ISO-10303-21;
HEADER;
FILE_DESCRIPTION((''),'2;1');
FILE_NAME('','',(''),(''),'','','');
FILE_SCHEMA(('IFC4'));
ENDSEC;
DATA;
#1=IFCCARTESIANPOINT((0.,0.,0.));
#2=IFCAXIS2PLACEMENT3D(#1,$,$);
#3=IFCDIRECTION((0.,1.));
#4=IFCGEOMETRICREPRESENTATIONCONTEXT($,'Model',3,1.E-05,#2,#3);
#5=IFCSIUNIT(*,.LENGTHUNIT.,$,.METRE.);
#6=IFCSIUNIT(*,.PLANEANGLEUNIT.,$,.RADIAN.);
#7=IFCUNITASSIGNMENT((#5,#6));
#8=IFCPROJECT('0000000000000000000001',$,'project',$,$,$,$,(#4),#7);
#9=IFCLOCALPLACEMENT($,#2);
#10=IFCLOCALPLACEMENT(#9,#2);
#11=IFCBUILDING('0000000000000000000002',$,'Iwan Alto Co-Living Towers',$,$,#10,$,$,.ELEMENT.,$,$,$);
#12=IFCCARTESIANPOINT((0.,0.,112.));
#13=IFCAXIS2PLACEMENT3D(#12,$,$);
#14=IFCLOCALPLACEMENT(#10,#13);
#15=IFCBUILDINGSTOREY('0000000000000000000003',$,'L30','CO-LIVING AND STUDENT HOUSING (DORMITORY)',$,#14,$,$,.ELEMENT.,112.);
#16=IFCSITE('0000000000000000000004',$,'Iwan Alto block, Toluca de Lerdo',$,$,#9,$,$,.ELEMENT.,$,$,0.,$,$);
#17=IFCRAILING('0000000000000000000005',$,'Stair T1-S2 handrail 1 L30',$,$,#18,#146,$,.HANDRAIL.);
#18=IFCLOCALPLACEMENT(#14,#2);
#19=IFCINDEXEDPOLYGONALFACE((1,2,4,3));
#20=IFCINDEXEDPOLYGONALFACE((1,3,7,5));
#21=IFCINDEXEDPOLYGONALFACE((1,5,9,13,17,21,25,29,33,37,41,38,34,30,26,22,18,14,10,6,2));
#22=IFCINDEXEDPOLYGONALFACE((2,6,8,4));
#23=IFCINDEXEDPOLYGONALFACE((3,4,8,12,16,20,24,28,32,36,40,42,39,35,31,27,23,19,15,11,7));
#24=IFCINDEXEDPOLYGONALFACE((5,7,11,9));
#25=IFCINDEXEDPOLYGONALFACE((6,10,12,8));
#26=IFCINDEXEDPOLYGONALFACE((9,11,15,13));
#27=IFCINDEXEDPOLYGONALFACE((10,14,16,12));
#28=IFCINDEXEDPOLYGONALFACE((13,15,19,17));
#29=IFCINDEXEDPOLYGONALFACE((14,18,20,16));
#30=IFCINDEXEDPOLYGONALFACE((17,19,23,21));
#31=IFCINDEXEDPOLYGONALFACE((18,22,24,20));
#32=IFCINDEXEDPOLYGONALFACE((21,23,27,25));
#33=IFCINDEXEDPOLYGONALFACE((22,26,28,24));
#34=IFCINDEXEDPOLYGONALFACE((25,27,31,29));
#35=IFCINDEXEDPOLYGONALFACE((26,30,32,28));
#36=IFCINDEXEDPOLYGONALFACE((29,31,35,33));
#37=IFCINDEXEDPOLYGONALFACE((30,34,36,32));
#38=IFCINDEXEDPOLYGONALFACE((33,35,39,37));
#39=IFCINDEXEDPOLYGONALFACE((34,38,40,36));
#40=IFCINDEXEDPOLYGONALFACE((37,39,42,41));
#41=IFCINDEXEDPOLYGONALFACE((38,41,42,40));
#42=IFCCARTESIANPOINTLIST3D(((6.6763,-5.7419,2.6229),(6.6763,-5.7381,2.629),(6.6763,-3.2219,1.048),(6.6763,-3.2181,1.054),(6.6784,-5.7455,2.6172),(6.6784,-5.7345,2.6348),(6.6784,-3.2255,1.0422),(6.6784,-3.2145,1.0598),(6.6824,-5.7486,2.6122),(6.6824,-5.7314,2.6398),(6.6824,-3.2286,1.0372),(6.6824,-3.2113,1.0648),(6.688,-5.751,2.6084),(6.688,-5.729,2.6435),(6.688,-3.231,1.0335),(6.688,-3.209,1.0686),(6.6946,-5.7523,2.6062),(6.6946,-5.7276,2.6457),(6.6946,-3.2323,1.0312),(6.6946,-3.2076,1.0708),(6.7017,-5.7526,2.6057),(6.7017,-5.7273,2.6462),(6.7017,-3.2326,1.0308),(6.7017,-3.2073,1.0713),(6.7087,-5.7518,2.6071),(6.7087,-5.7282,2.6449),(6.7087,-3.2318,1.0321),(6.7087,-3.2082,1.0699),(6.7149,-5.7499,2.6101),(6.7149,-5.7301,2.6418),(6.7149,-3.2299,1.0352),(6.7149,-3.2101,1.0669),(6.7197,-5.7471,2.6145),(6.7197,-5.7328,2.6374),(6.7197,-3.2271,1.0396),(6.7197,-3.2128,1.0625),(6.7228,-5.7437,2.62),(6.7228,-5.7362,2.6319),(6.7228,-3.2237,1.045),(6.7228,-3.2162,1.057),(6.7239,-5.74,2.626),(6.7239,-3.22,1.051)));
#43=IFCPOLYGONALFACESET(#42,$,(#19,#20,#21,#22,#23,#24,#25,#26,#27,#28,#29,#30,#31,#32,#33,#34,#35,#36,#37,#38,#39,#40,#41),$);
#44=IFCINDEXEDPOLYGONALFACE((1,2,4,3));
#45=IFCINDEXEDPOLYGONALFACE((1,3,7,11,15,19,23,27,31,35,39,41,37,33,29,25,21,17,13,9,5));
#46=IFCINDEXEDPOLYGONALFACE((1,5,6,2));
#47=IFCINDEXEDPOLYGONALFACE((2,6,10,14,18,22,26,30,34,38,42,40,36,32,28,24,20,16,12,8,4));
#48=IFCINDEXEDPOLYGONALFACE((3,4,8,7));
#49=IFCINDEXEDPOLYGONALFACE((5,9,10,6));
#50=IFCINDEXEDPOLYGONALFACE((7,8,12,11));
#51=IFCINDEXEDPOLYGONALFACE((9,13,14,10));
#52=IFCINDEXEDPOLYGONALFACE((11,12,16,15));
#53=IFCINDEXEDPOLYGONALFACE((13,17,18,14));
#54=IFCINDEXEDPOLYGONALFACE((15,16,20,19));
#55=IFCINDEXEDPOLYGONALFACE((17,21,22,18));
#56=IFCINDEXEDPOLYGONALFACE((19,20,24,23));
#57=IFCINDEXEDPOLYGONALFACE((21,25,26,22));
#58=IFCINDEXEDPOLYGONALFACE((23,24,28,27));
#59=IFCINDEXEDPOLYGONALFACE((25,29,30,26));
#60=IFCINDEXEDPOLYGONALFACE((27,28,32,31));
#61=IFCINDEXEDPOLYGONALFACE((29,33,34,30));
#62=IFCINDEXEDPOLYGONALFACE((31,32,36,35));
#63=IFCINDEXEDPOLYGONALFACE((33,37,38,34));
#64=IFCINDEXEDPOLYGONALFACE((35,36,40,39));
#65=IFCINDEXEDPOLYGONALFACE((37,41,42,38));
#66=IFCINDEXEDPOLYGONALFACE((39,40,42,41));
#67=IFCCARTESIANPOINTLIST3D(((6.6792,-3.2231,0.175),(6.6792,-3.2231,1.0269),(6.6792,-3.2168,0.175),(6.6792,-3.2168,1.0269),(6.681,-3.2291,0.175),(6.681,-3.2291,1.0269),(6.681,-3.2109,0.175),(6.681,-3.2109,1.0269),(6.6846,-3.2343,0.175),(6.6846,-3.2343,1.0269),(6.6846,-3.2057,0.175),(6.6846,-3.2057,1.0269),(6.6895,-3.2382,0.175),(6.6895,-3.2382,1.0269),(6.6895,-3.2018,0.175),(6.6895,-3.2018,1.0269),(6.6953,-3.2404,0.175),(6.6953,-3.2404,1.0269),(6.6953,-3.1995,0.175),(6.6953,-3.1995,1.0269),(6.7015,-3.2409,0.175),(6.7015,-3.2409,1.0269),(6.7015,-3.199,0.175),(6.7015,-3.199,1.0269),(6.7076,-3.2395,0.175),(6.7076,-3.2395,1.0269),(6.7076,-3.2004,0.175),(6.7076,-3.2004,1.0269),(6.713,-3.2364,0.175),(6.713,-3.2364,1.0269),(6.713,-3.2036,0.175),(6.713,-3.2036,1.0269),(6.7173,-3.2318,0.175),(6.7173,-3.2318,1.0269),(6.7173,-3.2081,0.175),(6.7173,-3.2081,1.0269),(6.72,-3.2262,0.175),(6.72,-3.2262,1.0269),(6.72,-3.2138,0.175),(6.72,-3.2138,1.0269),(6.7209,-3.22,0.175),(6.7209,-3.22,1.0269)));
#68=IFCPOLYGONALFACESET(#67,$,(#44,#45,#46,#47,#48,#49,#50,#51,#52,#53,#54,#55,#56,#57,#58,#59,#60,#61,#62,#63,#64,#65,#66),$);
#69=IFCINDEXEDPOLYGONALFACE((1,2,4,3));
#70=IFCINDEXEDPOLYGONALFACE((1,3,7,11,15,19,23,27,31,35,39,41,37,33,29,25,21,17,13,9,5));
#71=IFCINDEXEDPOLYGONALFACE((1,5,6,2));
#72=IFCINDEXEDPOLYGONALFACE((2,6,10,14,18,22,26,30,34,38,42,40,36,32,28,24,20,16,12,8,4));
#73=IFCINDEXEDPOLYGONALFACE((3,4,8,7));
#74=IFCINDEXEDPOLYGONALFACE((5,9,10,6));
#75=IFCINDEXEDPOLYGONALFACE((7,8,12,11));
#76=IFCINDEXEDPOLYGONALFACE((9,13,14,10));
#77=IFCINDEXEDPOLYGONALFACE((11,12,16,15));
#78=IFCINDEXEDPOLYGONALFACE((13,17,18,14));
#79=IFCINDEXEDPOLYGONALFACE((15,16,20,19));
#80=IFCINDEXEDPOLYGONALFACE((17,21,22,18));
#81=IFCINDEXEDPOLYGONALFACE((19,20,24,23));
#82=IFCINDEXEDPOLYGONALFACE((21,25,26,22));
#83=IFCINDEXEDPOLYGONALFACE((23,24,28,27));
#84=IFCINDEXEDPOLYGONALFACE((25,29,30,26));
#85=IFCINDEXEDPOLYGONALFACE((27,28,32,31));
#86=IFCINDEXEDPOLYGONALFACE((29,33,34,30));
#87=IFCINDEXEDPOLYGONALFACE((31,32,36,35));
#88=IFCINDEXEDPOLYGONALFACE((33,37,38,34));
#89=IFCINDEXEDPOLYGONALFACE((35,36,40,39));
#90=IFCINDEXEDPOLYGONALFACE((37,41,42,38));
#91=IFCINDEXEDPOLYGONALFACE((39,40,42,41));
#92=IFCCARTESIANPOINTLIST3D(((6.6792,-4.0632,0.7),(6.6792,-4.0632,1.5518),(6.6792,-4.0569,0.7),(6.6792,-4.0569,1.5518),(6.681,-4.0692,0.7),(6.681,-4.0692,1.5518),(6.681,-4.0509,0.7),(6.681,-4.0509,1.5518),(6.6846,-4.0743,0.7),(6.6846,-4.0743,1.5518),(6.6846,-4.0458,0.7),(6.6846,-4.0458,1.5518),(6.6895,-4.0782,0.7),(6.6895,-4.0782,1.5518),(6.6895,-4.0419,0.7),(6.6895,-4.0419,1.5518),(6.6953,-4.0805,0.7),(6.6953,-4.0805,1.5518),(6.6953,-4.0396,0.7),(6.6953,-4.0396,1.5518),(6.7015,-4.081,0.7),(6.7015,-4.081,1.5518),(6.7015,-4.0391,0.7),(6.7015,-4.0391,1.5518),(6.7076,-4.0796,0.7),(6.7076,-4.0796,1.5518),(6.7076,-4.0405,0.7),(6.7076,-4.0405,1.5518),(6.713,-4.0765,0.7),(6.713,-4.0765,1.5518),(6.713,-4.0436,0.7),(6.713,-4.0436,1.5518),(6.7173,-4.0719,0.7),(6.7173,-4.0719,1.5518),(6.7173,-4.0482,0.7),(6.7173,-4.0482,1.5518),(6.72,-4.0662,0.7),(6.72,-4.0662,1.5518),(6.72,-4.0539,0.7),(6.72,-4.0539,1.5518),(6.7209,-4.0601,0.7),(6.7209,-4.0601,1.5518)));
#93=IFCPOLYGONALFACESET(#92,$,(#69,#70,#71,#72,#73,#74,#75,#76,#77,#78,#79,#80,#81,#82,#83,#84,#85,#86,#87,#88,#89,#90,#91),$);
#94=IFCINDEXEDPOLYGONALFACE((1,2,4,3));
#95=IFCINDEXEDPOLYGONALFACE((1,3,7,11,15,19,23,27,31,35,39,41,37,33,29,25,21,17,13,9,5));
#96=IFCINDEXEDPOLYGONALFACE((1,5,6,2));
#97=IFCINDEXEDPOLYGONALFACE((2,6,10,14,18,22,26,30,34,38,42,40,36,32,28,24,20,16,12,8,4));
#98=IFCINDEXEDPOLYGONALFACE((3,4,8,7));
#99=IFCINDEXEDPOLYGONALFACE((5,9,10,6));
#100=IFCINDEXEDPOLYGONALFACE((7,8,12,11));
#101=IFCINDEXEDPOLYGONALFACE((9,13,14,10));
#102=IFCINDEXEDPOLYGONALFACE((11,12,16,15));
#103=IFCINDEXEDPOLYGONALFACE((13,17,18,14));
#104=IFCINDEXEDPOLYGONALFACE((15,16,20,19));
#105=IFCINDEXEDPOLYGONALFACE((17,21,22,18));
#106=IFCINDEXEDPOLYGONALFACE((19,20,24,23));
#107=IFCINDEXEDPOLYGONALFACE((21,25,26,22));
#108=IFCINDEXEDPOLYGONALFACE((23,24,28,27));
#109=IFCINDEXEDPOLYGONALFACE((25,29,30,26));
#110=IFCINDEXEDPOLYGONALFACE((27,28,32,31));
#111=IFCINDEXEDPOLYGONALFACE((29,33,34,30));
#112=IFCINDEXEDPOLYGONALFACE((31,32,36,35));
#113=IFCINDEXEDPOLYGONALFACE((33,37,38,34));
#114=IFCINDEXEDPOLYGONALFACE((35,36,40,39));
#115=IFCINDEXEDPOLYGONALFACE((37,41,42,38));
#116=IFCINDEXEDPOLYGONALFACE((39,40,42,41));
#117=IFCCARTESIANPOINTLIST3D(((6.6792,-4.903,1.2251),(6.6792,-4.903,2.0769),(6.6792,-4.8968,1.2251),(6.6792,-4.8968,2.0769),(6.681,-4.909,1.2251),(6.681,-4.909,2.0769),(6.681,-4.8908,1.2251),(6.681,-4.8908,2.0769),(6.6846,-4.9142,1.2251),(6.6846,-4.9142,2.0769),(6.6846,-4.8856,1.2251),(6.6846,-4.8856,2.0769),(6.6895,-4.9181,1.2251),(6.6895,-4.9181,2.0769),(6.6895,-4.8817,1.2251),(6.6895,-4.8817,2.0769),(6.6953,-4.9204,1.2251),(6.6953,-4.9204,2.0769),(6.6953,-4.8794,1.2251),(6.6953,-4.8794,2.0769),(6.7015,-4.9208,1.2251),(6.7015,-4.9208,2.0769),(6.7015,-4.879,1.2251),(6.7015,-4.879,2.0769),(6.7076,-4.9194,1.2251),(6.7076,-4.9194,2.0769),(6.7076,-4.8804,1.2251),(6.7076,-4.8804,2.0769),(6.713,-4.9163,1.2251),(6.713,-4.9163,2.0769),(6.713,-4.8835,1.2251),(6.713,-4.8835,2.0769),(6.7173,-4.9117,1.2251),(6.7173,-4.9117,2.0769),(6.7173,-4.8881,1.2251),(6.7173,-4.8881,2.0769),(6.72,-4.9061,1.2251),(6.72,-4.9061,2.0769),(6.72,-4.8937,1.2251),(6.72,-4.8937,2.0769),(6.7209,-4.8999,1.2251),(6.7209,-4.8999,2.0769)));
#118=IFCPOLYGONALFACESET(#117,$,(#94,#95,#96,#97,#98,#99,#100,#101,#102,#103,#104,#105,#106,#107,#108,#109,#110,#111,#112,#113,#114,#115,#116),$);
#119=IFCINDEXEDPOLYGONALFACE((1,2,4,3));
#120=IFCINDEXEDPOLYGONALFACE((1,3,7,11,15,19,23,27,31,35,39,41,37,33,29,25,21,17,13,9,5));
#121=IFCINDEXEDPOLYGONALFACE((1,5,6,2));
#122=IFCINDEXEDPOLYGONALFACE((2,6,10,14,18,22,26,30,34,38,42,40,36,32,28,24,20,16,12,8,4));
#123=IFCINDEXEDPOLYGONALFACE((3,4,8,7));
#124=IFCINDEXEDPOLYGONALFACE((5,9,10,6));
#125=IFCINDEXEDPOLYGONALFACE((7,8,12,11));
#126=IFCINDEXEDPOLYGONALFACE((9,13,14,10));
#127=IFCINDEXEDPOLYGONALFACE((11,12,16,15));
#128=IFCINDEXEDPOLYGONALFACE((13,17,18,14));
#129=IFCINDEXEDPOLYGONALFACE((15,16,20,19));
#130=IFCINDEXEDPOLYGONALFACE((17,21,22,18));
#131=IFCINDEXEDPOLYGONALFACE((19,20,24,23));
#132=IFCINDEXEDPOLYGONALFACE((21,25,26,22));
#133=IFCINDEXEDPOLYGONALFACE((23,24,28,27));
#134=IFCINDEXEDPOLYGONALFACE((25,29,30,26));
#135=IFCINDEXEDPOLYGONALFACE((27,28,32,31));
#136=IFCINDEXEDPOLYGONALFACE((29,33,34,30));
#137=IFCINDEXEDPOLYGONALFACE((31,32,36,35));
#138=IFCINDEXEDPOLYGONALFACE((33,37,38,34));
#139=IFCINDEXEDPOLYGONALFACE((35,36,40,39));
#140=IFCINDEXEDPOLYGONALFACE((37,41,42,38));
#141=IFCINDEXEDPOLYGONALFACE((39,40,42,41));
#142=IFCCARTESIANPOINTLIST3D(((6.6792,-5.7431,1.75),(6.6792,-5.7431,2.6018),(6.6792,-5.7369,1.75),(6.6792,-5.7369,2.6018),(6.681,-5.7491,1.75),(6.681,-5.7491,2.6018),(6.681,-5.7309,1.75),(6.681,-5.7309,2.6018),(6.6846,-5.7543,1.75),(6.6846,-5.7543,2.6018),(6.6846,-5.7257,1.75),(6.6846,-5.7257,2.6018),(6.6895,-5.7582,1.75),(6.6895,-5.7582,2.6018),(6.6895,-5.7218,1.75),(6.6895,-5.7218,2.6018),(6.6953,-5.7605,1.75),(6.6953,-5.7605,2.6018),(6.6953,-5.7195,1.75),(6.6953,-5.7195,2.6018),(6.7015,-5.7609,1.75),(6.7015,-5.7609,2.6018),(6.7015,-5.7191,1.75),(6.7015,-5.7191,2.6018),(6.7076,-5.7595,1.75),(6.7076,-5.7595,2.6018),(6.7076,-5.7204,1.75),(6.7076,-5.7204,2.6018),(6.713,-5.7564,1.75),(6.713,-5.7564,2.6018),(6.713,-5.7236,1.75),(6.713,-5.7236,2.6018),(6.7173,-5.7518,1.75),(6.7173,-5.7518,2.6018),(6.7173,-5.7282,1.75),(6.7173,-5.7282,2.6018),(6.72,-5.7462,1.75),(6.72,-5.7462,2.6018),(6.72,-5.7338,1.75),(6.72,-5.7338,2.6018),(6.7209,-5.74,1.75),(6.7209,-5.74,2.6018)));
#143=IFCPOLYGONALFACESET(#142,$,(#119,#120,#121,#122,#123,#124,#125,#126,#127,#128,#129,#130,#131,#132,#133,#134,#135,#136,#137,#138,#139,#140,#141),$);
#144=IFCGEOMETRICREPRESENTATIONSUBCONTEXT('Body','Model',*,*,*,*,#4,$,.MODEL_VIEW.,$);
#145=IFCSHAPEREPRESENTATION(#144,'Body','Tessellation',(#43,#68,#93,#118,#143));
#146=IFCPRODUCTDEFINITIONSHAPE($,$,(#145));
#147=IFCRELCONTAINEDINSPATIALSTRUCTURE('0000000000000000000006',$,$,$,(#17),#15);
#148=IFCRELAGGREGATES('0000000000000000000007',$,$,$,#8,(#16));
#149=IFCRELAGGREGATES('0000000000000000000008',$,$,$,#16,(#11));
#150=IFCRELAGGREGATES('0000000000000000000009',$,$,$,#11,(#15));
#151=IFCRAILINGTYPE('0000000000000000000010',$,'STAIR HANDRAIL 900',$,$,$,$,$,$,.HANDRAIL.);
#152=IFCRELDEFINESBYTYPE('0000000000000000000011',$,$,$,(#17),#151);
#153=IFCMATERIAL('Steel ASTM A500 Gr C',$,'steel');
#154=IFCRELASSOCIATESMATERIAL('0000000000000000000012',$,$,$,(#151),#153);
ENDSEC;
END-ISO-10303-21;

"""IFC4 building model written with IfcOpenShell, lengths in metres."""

from ifc_helpers import new_model, si_unit, direction, frame, origin, origin_2d, place, context, subcontext, project, spatial, circle, extrude, material, type_object, element, save


model = new_model("IFC4")

# Units and contexts
model_context = context("Model", 3, precision=1e-05, world=origin(), true_north=direction((0.0, 1.0)))
body_context = subcontext(model_context, "Body", "Model", "MODEL_VIEW")
ifc_project = project(units=[si_unit("LENGTHUNIT", "METRE"), si_unit("PLANEANGLEUNIT", "RADIAN")], contexts=[model_context])

# Site, building, storey
site_placement = place(None, origin())
site = spatial("IfcSite", under=ifc_project, at=site_placement, Name="Iwan Alto block, Toluca de Lerdo", CompositionType="ELEMENT", RefElevation=0.0)
building_placement = place(site_placement, origin())
building = spatial("IfcBuilding", under=site, at=building_placement, Name="Iwan Alto Co-Living Towers", CompositionType="ELEMENT")
storey_placement = place(building_placement, frame((0.0, 0.0, 112.0)))
storey = spatial("IfcBuildingStorey", under=building, at=storey_placement, Name="L30", Description="CO-LIVING AND STUDENT HOUSING (DORMITORY)", CompositionType="ELEMENT", Elevation=112.0)

# Railing
ifc_material_1 = material(Name="Steel ASTM A500 Gr C", Category="steel")
railing_type_1 = type_object("IfcRailingType", Name="STAIR HANDRAIL 900", PredefinedType="HANDRAIL", material=ifc_material_1)
railing_1_placement = place(storey_placement, frame((6.7, -3.22, 0.175)))
element("IfcRailing", 1, at=railing_1_placement, inside=storey, type_object=railing_type_1, Name="Stair T1-S2 handrail 1 L30", PredefinedType="HANDRAIL", context=body_context, shape_type="SweptSolid", body=[
    extrude(circle(Radius=0.0239, at=origin_2d()), frame((0.0, 0.0, 0.876), z_axis=(0.0, -0.848008, 0.529984), x_axis=(1.0, 0.0, 0.0)), (0.0, 0.0, 1.0), 2.9717),
    extrude(circle(Radius=0.021, at=origin_2d()), origin(), (0.0, 0.0, 1.0), 0.8518),
    extrude(circle(Radius=0.021, at=origin_2d()), frame((0.0, -0.8401, 0.5249)), (0.0, 0.0, 1.0), 0.8518),
    extrude(circle(Radius=0.021, at=origin_2d()), frame((0.0, -1.6799, 1.05)), (0.0, 0.0, 1.0), 0.8518),
    extrude(circle(Radius=0.021, at=origin_2d()), frame((0.0, -2.52, 1.575)), (0.0, 0.0, 1.0), 0.8518),
])

save(model, "model.ifc")
